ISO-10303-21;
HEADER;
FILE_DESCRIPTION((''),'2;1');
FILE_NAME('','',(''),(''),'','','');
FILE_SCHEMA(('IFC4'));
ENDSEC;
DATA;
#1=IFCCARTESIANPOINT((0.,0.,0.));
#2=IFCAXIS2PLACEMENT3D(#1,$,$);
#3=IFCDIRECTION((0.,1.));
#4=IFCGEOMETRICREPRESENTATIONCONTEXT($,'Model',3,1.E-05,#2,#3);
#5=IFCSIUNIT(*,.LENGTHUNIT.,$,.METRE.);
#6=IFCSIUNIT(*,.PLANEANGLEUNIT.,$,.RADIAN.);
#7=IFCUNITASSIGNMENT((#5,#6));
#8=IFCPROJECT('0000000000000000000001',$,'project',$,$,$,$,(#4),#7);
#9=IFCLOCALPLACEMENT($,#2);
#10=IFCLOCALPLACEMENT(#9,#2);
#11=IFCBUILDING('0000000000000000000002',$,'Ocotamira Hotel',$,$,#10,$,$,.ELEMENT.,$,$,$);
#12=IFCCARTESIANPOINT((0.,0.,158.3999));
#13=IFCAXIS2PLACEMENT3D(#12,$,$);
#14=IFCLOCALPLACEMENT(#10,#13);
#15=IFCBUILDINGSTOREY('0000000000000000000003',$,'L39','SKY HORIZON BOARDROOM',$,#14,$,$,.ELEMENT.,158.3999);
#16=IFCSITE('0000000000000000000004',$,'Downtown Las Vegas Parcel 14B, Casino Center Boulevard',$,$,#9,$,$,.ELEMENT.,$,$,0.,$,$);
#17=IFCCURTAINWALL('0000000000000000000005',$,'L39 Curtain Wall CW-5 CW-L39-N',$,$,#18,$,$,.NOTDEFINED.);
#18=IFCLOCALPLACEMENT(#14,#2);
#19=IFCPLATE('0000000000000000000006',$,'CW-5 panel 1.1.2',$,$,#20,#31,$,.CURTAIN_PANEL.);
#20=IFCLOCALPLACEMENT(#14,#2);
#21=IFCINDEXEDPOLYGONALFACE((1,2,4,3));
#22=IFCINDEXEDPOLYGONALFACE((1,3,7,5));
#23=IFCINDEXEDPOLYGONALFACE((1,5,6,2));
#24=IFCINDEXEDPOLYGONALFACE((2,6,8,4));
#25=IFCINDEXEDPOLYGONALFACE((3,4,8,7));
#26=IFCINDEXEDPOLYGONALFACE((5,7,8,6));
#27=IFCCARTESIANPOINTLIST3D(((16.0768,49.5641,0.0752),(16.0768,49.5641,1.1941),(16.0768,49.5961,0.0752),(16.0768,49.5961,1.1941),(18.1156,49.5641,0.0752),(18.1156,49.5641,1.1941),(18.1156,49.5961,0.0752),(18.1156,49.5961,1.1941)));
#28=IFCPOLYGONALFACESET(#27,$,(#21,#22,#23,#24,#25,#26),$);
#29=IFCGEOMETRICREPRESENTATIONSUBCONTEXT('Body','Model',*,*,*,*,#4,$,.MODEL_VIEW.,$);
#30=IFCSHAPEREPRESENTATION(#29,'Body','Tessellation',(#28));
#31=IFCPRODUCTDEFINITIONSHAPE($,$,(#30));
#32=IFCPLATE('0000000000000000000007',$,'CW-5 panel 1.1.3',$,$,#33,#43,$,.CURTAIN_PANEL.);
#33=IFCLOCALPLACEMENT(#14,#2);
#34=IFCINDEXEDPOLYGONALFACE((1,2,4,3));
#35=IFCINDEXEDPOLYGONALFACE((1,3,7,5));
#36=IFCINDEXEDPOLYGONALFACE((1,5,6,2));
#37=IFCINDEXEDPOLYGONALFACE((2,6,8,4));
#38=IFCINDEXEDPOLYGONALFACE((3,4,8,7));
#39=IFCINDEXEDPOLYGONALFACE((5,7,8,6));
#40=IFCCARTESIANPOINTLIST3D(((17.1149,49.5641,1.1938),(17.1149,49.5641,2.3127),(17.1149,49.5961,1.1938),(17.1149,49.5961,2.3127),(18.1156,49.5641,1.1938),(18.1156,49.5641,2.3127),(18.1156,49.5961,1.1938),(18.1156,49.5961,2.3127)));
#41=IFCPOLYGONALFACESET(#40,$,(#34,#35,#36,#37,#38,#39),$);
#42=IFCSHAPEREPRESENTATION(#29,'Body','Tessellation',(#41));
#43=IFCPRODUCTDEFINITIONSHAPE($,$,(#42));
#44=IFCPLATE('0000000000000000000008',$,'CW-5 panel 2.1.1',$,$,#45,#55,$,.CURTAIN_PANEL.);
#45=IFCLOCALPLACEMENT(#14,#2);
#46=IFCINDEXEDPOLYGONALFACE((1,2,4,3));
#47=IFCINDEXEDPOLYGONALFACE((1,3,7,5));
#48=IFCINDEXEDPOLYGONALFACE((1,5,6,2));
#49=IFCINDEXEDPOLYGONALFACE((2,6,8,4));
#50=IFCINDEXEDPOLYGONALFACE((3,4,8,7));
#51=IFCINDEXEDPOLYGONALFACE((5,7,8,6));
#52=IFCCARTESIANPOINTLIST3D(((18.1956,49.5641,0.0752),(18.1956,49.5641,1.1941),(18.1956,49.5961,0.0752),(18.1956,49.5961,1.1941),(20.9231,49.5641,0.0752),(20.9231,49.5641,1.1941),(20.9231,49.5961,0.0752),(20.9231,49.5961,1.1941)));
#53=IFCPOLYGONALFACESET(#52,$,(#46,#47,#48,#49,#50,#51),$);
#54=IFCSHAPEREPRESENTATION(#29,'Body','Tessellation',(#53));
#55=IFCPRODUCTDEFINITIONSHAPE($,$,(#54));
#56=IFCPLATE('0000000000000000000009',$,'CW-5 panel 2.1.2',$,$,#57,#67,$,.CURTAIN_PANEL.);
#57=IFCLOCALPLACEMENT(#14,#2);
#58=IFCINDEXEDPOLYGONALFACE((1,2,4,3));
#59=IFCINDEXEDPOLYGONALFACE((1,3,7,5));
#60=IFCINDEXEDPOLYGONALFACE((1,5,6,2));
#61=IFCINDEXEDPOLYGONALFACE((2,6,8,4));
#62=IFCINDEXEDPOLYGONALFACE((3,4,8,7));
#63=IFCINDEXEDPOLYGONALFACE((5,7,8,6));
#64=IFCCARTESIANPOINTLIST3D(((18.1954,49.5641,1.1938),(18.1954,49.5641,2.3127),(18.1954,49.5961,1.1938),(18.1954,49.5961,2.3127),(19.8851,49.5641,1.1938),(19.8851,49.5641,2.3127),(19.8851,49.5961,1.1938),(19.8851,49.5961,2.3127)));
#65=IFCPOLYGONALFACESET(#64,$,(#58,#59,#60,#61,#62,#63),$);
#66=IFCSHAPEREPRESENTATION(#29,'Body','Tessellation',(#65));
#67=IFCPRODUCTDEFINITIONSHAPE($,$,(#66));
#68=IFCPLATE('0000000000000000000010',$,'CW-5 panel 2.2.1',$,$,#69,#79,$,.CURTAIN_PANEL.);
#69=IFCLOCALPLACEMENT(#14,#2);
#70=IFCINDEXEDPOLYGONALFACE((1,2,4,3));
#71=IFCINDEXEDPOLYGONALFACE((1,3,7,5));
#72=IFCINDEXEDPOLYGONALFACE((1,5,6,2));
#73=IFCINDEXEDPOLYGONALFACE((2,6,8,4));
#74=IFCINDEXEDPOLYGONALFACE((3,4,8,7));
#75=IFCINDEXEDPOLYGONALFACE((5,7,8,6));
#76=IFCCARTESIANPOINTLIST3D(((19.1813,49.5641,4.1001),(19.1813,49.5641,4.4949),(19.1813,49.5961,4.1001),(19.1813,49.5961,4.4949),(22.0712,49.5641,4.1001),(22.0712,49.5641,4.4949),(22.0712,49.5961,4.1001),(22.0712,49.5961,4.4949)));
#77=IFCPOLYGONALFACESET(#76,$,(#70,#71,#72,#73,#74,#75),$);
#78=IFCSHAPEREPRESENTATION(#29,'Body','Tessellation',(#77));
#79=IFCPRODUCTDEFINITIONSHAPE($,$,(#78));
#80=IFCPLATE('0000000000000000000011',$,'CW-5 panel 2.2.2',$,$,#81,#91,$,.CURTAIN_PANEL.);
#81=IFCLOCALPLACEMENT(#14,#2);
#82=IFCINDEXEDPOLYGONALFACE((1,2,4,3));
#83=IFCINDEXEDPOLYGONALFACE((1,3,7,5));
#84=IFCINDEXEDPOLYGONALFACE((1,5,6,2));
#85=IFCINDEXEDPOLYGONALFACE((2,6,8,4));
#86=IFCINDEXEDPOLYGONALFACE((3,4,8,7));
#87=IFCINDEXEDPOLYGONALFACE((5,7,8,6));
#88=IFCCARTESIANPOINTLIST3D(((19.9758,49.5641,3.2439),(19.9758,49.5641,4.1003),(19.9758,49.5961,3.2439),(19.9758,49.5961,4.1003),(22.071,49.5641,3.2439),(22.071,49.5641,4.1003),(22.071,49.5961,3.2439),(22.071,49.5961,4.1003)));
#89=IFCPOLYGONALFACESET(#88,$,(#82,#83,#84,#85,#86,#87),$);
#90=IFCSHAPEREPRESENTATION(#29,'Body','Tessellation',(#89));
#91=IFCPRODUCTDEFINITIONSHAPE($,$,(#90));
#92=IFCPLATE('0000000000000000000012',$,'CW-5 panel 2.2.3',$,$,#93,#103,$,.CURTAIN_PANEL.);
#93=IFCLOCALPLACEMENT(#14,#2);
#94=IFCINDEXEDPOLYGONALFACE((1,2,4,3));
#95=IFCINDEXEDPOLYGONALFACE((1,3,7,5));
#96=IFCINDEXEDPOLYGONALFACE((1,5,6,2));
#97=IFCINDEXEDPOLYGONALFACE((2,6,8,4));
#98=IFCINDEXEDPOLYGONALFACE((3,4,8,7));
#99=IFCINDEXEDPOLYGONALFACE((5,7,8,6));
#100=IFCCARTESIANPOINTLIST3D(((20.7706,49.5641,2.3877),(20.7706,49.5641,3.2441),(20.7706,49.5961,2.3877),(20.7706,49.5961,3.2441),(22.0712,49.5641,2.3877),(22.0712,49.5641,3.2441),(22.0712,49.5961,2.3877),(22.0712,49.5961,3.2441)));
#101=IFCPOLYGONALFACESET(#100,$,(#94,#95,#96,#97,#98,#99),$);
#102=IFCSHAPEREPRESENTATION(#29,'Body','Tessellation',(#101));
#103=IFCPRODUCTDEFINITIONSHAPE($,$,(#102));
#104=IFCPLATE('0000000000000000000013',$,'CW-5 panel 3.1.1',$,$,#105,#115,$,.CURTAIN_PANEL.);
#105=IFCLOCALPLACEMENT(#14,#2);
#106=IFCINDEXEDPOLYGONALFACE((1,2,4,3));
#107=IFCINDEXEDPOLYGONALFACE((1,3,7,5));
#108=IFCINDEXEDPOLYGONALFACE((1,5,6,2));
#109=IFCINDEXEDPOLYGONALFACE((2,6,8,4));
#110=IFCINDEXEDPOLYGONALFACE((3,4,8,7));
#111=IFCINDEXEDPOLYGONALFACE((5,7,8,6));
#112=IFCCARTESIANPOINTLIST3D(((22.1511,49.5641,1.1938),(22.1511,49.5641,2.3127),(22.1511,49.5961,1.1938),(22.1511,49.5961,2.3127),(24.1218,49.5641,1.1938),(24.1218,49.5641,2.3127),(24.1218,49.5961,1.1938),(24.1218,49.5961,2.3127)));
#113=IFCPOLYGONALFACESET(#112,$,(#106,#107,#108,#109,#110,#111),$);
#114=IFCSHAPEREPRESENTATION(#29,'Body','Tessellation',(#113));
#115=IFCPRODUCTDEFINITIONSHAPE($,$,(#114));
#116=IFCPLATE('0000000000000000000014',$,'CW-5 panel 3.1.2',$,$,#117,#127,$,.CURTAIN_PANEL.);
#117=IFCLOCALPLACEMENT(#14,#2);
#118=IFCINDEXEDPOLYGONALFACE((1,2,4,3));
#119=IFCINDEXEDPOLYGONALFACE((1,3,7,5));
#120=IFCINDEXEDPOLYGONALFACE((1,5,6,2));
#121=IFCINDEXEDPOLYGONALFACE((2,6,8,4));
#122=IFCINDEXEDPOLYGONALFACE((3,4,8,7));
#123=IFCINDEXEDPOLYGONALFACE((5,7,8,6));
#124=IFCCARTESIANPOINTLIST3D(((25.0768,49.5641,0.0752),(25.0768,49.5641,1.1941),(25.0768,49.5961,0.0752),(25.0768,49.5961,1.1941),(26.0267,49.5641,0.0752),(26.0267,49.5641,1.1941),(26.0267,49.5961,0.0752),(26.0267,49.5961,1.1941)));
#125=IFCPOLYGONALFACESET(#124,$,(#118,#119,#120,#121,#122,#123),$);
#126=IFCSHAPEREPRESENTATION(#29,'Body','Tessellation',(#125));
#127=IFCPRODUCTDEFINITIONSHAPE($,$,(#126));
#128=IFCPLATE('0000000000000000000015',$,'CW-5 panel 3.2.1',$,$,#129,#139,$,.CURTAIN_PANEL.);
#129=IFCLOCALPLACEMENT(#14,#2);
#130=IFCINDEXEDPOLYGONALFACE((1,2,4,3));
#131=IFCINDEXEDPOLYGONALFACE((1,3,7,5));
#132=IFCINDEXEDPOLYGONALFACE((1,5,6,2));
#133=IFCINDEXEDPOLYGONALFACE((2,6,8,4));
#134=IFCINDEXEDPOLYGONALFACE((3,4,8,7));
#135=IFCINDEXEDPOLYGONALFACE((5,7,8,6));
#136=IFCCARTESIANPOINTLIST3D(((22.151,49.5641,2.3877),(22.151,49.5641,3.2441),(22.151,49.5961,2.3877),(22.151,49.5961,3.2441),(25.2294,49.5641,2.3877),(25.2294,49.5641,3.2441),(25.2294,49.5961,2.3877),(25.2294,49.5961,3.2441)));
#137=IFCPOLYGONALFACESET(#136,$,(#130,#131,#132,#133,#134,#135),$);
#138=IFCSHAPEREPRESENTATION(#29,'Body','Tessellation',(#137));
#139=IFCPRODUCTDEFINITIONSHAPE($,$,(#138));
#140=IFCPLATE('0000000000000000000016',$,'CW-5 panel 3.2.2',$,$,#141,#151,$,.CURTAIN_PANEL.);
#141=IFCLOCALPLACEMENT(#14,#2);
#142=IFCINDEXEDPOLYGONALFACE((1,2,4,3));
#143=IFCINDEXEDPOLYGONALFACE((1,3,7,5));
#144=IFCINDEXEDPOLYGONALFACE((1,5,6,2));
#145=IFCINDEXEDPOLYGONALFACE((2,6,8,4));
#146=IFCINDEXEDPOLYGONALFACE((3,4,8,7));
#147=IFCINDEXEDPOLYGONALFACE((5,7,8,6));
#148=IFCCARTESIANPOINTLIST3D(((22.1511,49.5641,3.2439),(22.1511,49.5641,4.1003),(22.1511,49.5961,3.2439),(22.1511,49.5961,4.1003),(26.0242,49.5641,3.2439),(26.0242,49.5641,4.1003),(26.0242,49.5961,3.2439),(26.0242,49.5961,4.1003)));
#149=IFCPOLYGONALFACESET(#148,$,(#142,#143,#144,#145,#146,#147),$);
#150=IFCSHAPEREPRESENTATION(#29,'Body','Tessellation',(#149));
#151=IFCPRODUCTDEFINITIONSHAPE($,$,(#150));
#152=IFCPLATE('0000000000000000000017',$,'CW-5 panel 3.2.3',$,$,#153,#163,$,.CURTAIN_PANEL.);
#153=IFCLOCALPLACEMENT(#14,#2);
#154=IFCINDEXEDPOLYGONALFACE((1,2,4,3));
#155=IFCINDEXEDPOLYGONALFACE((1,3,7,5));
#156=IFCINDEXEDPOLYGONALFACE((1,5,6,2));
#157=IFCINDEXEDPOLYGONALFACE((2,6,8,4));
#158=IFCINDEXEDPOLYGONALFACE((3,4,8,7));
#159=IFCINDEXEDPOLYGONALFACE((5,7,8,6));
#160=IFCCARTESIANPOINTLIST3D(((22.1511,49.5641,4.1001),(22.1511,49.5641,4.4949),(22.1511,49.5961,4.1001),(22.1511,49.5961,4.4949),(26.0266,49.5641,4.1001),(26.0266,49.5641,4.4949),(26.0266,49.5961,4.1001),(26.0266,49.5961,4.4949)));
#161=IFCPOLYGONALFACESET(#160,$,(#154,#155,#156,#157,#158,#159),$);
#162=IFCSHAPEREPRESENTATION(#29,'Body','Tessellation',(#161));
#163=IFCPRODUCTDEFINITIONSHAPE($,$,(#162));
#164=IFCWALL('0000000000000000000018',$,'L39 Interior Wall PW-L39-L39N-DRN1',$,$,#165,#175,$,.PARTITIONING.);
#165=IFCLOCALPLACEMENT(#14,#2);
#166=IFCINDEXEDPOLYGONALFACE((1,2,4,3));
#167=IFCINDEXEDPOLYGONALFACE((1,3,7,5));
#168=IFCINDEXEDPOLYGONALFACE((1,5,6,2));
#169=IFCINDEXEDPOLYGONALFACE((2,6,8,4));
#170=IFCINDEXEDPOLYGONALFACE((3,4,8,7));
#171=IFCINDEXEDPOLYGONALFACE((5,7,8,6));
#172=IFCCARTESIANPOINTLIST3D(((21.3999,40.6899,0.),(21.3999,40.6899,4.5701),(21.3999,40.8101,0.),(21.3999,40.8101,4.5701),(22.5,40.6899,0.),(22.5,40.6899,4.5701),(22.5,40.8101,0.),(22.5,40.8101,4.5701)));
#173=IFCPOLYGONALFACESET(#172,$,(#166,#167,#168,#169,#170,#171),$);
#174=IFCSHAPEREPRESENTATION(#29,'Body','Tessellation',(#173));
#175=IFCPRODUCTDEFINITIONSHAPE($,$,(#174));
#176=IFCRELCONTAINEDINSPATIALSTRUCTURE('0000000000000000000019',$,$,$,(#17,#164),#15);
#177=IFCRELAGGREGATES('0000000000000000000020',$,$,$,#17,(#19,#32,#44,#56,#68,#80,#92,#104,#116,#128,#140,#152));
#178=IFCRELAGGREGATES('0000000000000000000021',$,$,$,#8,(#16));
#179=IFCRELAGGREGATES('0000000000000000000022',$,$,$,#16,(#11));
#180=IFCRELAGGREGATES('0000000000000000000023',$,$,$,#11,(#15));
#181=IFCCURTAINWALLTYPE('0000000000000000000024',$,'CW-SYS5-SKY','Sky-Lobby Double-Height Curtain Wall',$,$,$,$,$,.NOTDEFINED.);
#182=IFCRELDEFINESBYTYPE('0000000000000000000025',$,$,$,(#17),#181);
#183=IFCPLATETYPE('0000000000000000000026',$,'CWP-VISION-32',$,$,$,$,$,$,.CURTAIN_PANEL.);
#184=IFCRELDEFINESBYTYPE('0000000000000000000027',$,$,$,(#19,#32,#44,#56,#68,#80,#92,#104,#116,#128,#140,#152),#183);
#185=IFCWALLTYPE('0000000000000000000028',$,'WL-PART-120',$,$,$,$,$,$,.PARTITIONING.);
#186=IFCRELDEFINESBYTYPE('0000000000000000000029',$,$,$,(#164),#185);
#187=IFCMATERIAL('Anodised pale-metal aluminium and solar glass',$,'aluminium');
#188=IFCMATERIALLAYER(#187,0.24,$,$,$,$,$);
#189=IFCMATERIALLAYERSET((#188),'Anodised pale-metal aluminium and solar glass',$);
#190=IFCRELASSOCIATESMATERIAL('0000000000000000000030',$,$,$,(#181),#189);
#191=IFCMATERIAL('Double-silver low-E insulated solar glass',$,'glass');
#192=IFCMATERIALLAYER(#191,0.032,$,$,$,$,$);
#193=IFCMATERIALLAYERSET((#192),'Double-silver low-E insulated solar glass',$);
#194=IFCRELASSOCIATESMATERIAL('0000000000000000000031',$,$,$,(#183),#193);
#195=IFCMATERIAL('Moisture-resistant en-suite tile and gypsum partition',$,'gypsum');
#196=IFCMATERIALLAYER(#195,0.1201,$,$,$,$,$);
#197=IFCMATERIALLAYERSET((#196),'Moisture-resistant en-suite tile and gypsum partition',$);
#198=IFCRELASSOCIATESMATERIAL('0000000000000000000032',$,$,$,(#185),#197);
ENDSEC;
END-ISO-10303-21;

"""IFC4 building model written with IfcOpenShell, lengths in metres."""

from ifc_helpers import new_model, si_unit, direction, frame, frame_2d, origin, origin_2d, place, context, subcontext, project, spatial, rectangle, extrude, source, transform, mapped, material, layer, layer_set, type_object, element, aggregate, save


model = new_model("IFC4")

# Units and contexts
model_context = context("Model", 3, precision=1e-05, world=origin(), true_north=direction((0.0, 1.0)))
body_context = subcontext(model_context, "Body", "Model", "MODEL_VIEW")
ifc_project = project(units=[si_unit("LENGTHUNIT", "METRE"), si_unit("PLANEANGLEUNIT", "RADIAN")], contexts=[model_context])

# Site, building, storey
site_placement = place(None, origin())
site = spatial("IfcSite", under=ifc_project, at=site_placement, Name="Downtown Las Vegas Parcel 14B, Casino Center Boulevard", CompositionType="ELEMENT", RefElevation=0.0)
building_placement = place(site_placement, origin())
building = spatial("IfcBuilding", under=site, at=building_placement, Name="Ocotamira Hotel", CompositionType="ELEMENT")
storey_placement = place(building_placement, frame((0.0, 0.0, 158.3999)))
storey = spatial("IfcBuildingStorey", under=building, at=storey_placement, Name="L39", Description="SKY HORIZON BOARDROOM", CompositionType="ELEMENT", Elevation=158.3999)

# Curtain wall
ifc_material_1 = material(Name="Anodised pale-metal aluminium and solar glass", Category="aluminium")
ifc_layer_1 = layer(ifc_material_1, 0.24)
ifc_layer_set_1 = layer_set([ifc_layer_1], Name="Anodised pale-metal aluminium and solar glass")
curtain_wall_type = type_object("IfcCurtainWallType", Name="CW-SYS5-SKY", Description="Sky-Lobby Double-Height Curtain Wall", PredefinedType="NOTDEFINED", material=ifc_layer_set_1)
curtain_wall_placement = place(storey_placement, origin())
curtain_wall = element("IfcCurtainWall", 1, at=curtain_wall_placement, inside=storey, type_object=curtain_wall_type, Name="L39 Curtain Wall CW-5 CW-L39-N", PredefinedType="NOTDEFINED")

# Plates
ifc_material_2 = material(Name="Double-silver low-E insulated solar glass", Category="glass")
ifc_layer_2 = layer(ifc_material_2, 0.032)
ifc_layer_set_2 = layer_set([ifc_layer_2], Name="Double-silver low-E insulated solar glass")
plate_type_1 = type_object("IfcPlateType", Name="CWP-VISION-32", PredefinedType="CURTAIN_PANEL", material=ifc_layer_set_2)
shared_shape_1 = source(origin(), body_context, "Body", "SweptSolid", [
    extrude(rectangle(XDim=2.0388, YDim=0.032, at=origin_2d()), origin(), (0.0, 0.0, 1.0), 1.1189),
])
plate_1_placement = place(storey_placement, frame((17.0962, 49.5801, 0.0752), z_axis=(0.0, 0.0, 1.0), x_axis=(1.0, 0.0, 0.0)))
plate_1 = element("IfcPlate", 2, at=plate_1_placement, type_object=plate_type_1, Name="CW-5 panel 1.1.2", PredefinedType="CURTAIN_PANEL", context=body_context, shape_type="MappedRepresentation", body=[
    mapped(shared_shape_1, transform((0.0, 0.0, 0.0), scale=1.0)),
])
shared_shape_2 = source(origin(), body_context, "Body", "SweptSolid", [
    extrude(rectangle(XDim=1.0007, YDim=0.032, at=origin_2d()), origin(), (0.0, 0.0, 1.0), 1.1189),
])
plate_2_placement = place(storey_placement, frame((17.6152, 49.5801, 1.1938), z_axis=(0.0, 0.0, 1.0), x_axis=(1.0, 0.0, 0.0)))
plate_2 = element("IfcPlate", 3, at=plate_2_placement, type_object=plate_type_1, Name="CW-5 panel 1.1.3", PredefinedType="CURTAIN_PANEL", context=body_context, shape_type="MappedRepresentation", body=[
    mapped(shared_shape_2, transform((0.0, 0.0, 0.0), scale=1.0)),
])
shared_shape_3 = source(origin(), body_context, "Body", "SweptSolid", [
    extrude(rectangle(XDim=2.7275, YDim=0.032, at=origin_2d()), origin(), (0.0, 0.0, 1.0), 1.1189),
])
plate_3_placement = place(storey_placement, frame((19.5593, 49.5801, 0.0752), z_axis=(0.0, 0.0, 1.0), x_axis=(1.0, 0.0, 0.0)))
plate_3 = element("IfcPlate", 4, at=plate_3_placement, type_object=plate_type_1, Name="CW-5 panel 2.1.1", PredefinedType="CURTAIN_PANEL", context=body_context, shape_type="MappedRepresentation", body=[
    mapped(shared_shape_3, transform((0.0, 0.0, 0.0), scale=1.0)),
])
shared_shape_4 = source(origin(), body_context, "Body", "SweptSolid", [
    extrude(rectangle(XDim=1.6897, YDim=0.032, at=origin_2d()), origin(), (0.0, 0.0, 1.0), 1.1189),
])
plate_4_placement = place(storey_placement, frame((19.0403, 49.5801, 1.1938), z_axis=(0.0, 0.0, 1.0), x_axis=(1.0, 0.0, 0.0)))
plate_4 = element("IfcPlate", 5, at=plate_4_placement, type_object=plate_type_1, Name="CW-5 panel 2.1.2", PredefinedType="CURTAIN_PANEL", context=body_context, shape_type="MappedRepresentation", body=[
    mapped(shared_shape_4, transform((0.0, 0.0, 0.0), scale=1.0)),
])
shared_shape_5 = source(origin(), body_context, "Body", "SweptSolid", [
    extrude(rectangle(XDim=2.8899, YDim=0.032, at=origin_2d()), origin(), (0.0, 0.0, 1.0), 0.3948),
])
plate_5_placement = place(storey_placement, frame((20.6262, 49.5801, 4.1001), z_axis=(0.0, 0.0, 1.0), x_axis=(1.0, 0.0, 0.0)))
plate_5 = element("IfcPlate", 6, at=plate_5_placement, type_object=plate_type_1, Name="CW-5 panel 2.2.1", PredefinedType="CURTAIN_PANEL", context=body_context, shape_type="MappedRepresentation", body=[
    mapped(shared_shape_5, transform((0.0, 0.0, 0.0), scale=1.0)),
])
shared_shape_6 = source(origin(), body_context, "Body", "SweptSolid", [
    extrude(rectangle(XDim=2.0952, YDim=0.032, at=origin_2d()), origin(), (0.0, 0.0, 1.0), 0.8564),
])
plate_6_placement = place(storey_placement, frame((21.0234, 49.5801, 3.2439), z_axis=(0.0, 0.0, 1.0), x_axis=(1.0, 0.0, 0.0)))
plate_6 = element("IfcPlate", 7, at=plate_6_placement, type_object=plate_type_1, Name="CW-5 panel 2.2.2", PredefinedType="CURTAIN_PANEL", context=body_context, shape_type="MappedRepresentation", body=[
    mapped(shared_shape_6, transform((0.0, 0.0, 0.0), scale=1.0)),
])
shared_shape_7 = source(origin(), body_context, "Body", "SweptSolid", [
    extrude(rectangle(XDim=1.3005, YDim=0.032, at=origin_2d()), origin(), (0.0, 0.0, 1.0), 0.8564),
])
plate_7_placement = place(storey_placement, frame((21.4209, 49.5801, 2.3877), z_axis=(0.0, 0.0, 1.0), x_axis=(1.0, 0.0, 0.0)))
plate_7 = element("IfcPlate", 8, at=plate_7_placement, type_object=plate_type_1, Name="CW-5 panel 2.2.3", PredefinedType="CURTAIN_PANEL", context=body_context, shape_type="MappedRepresentation", body=[
    mapped(shared_shape_7, transform((0.0, 0.0, 0.0), scale=1.0)),
])
shared_shape_8 = source(origin(), body_context, "Body", "SweptSolid", [
    extrude(rectangle(XDim=1.9707, YDim=0.032, at=origin_2d()), origin(), (0.0, 0.0, 1.0), 1.1189),
])
plate_8_placement = place(storey_placement, frame((23.1365, 49.5801, 1.1938), z_axis=(0.0, 0.0, 1.0), x_axis=(1.0, 0.0, 0.0)))
plate_8 = element("IfcPlate", 9, at=plate_8_placement, type_object=plate_type_1, Name="CW-5 panel 3.1.1", PredefinedType="CURTAIN_PANEL", context=body_context, shape_type="MappedRepresentation", body=[
    mapped(shared_shape_8, transform((0.0, 0.0, 0.0), scale=1.0)),
])
shared_shape_9 = source(origin(), body_context, "Body", "SweptSolid", [
    extrude(rectangle(XDim=0.95, YDim=0.032, at=origin_2d()), origin(), (0.0, 0.0, 1.0), 1.1189),
])
plate_9_placement = place(storey_placement, frame((25.5518, 49.5801, 0.0752), z_axis=(0.0, 0.0, 1.0), x_axis=(1.0, 0.0, 0.0)))
plate_9 = element("IfcPlate", 10, at=plate_9_placement, type_object=plate_type_1, Name="CW-5 panel 3.1.2", PredefinedType="CURTAIN_PANEL", context=body_context, shape_type="MappedRepresentation", body=[
    mapped(shared_shape_9, transform((0.0, 0.0, 0.0), scale=1.0)),
])
shared_shape_10 = source(origin(), body_context, "Body", "SweptSolid", [
    extrude(rectangle(XDim=3.0784, YDim=0.032, at=origin_2d()), origin(), (0.0, 0.0, 1.0), 0.8564),
])
plate_10_placement = place(storey_placement, frame((23.6902, 49.5801, 2.3877), z_axis=(0.0, 0.0, 1.0), x_axis=(1.0, 0.0, 0.0)))
plate_10 = element("IfcPlate", 11, at=plate_10_placement, type_object=plate_type_1, Name="CW-5 panel 3.2.1", PredefinedType="CURTAIN_PANEL", context=body_context, shape_type="MappedRepresentation", body=[
    mapped(shared_shape_10, transform((0.0, 0.0, 0.0), scale=1.0)),
])
shared_shape_11 = source(origin(), body_context, "Body", "SweptSolid", [
    extrude(rectangle(XDim=3.873, YDim=0.032, at=origin_2d()), origin(), (0.0, 0.0, 1.0), 0.8564),
])
plate_11_placement = place(storey_placement, frame((24.0876, 49.5801, 3.2439), z_axis=(0.0, 0.0, 1.0), x_axis=(1.0, 0.0, 0.0)))
plate_11 = element("IfcPlate", 12, at=plate_11_placement, type_object=plate_type_1, Name="CW-5 panel 3.2.2", PredefinedType="CURTAIN_PANEL", context=body_context, shape_type="MappedRepresentation", body=[
    mapped(shared_shape_11, transform((0.0, 0.0, 0.0), scale=1.0)),
])
shared_shape_12 = source(origin(), body_context, "Body", "SweptSolid", [
    extrude(rectangle(XDim=3.8755, YDim=0.032, at=origin_2d()), origin(), (0.0, 0.0, 1.0), 0.3948),
])
plate_12_placement = place(storey_placement, frame((24.0889, 49.5801, 4.1001), z_axis=(0.0, 0.0, 1.0), x_axis=(1.0, 0.0, 0.0)))
plate_12 = element("IfcPlate", 13, at=plate_12_placement, type_object=plate_type_1, Name="CW-5 panel 3.2.3", PredefinedType="CURTAIN_PANEL", context=body_context, shape_type="MappedRepresentation", body=[
    mapped(shared_shape_12, transform((0.0, 0.0, 0.0), scale=1.0)),
])
aggregate(curtain_wall, [plate_1, plate_2, plate_3, plate_4, plate_5, plate_6, plate_7, plate_8, plate_9, plate_10, plate_11, plate_12])

# Wall
ifc_material_3 = material(Name="Moisture-resistant en-suite tile and gypsum partition", Category="gypsum")
ifc_layer_3 = layer(ifc_material_3, 0.1201)
ifc_layer_set_3 = layer_set([ifc_layer_3], Name="Moisture-resistant en-suite tile and gypsum partition")
wall_type_1 = type_object("IfcWallType", Name="WL-PART-120", PredefinedType="PARTITIONING", material=ifc_layer_set_3)
wall_1_placement = place(storey_placement, frame((21.3999, 40.75, 0.0), z_axis=(0.0, 0.0, 1.0), x_axis=(1.0, 0.0, 0.0)))
element("IfcWall", 14, at=wall_1_placement, inside=storey, type_object=wall_type_1, Name="L39 Interior Wall PW-L39-L39N-DRN1", PredefinedType="PARTITIONING", context=body_context, shape_type="SweptSolid", body=[
    extrude(rectangle(XDim=1.1001, YDim=0.1201, at=frame_2d((0.55, 0.0))), origin(), (0.0, 0.0, 1.0), 4.5701),
])

save(model, "model.ifc")
